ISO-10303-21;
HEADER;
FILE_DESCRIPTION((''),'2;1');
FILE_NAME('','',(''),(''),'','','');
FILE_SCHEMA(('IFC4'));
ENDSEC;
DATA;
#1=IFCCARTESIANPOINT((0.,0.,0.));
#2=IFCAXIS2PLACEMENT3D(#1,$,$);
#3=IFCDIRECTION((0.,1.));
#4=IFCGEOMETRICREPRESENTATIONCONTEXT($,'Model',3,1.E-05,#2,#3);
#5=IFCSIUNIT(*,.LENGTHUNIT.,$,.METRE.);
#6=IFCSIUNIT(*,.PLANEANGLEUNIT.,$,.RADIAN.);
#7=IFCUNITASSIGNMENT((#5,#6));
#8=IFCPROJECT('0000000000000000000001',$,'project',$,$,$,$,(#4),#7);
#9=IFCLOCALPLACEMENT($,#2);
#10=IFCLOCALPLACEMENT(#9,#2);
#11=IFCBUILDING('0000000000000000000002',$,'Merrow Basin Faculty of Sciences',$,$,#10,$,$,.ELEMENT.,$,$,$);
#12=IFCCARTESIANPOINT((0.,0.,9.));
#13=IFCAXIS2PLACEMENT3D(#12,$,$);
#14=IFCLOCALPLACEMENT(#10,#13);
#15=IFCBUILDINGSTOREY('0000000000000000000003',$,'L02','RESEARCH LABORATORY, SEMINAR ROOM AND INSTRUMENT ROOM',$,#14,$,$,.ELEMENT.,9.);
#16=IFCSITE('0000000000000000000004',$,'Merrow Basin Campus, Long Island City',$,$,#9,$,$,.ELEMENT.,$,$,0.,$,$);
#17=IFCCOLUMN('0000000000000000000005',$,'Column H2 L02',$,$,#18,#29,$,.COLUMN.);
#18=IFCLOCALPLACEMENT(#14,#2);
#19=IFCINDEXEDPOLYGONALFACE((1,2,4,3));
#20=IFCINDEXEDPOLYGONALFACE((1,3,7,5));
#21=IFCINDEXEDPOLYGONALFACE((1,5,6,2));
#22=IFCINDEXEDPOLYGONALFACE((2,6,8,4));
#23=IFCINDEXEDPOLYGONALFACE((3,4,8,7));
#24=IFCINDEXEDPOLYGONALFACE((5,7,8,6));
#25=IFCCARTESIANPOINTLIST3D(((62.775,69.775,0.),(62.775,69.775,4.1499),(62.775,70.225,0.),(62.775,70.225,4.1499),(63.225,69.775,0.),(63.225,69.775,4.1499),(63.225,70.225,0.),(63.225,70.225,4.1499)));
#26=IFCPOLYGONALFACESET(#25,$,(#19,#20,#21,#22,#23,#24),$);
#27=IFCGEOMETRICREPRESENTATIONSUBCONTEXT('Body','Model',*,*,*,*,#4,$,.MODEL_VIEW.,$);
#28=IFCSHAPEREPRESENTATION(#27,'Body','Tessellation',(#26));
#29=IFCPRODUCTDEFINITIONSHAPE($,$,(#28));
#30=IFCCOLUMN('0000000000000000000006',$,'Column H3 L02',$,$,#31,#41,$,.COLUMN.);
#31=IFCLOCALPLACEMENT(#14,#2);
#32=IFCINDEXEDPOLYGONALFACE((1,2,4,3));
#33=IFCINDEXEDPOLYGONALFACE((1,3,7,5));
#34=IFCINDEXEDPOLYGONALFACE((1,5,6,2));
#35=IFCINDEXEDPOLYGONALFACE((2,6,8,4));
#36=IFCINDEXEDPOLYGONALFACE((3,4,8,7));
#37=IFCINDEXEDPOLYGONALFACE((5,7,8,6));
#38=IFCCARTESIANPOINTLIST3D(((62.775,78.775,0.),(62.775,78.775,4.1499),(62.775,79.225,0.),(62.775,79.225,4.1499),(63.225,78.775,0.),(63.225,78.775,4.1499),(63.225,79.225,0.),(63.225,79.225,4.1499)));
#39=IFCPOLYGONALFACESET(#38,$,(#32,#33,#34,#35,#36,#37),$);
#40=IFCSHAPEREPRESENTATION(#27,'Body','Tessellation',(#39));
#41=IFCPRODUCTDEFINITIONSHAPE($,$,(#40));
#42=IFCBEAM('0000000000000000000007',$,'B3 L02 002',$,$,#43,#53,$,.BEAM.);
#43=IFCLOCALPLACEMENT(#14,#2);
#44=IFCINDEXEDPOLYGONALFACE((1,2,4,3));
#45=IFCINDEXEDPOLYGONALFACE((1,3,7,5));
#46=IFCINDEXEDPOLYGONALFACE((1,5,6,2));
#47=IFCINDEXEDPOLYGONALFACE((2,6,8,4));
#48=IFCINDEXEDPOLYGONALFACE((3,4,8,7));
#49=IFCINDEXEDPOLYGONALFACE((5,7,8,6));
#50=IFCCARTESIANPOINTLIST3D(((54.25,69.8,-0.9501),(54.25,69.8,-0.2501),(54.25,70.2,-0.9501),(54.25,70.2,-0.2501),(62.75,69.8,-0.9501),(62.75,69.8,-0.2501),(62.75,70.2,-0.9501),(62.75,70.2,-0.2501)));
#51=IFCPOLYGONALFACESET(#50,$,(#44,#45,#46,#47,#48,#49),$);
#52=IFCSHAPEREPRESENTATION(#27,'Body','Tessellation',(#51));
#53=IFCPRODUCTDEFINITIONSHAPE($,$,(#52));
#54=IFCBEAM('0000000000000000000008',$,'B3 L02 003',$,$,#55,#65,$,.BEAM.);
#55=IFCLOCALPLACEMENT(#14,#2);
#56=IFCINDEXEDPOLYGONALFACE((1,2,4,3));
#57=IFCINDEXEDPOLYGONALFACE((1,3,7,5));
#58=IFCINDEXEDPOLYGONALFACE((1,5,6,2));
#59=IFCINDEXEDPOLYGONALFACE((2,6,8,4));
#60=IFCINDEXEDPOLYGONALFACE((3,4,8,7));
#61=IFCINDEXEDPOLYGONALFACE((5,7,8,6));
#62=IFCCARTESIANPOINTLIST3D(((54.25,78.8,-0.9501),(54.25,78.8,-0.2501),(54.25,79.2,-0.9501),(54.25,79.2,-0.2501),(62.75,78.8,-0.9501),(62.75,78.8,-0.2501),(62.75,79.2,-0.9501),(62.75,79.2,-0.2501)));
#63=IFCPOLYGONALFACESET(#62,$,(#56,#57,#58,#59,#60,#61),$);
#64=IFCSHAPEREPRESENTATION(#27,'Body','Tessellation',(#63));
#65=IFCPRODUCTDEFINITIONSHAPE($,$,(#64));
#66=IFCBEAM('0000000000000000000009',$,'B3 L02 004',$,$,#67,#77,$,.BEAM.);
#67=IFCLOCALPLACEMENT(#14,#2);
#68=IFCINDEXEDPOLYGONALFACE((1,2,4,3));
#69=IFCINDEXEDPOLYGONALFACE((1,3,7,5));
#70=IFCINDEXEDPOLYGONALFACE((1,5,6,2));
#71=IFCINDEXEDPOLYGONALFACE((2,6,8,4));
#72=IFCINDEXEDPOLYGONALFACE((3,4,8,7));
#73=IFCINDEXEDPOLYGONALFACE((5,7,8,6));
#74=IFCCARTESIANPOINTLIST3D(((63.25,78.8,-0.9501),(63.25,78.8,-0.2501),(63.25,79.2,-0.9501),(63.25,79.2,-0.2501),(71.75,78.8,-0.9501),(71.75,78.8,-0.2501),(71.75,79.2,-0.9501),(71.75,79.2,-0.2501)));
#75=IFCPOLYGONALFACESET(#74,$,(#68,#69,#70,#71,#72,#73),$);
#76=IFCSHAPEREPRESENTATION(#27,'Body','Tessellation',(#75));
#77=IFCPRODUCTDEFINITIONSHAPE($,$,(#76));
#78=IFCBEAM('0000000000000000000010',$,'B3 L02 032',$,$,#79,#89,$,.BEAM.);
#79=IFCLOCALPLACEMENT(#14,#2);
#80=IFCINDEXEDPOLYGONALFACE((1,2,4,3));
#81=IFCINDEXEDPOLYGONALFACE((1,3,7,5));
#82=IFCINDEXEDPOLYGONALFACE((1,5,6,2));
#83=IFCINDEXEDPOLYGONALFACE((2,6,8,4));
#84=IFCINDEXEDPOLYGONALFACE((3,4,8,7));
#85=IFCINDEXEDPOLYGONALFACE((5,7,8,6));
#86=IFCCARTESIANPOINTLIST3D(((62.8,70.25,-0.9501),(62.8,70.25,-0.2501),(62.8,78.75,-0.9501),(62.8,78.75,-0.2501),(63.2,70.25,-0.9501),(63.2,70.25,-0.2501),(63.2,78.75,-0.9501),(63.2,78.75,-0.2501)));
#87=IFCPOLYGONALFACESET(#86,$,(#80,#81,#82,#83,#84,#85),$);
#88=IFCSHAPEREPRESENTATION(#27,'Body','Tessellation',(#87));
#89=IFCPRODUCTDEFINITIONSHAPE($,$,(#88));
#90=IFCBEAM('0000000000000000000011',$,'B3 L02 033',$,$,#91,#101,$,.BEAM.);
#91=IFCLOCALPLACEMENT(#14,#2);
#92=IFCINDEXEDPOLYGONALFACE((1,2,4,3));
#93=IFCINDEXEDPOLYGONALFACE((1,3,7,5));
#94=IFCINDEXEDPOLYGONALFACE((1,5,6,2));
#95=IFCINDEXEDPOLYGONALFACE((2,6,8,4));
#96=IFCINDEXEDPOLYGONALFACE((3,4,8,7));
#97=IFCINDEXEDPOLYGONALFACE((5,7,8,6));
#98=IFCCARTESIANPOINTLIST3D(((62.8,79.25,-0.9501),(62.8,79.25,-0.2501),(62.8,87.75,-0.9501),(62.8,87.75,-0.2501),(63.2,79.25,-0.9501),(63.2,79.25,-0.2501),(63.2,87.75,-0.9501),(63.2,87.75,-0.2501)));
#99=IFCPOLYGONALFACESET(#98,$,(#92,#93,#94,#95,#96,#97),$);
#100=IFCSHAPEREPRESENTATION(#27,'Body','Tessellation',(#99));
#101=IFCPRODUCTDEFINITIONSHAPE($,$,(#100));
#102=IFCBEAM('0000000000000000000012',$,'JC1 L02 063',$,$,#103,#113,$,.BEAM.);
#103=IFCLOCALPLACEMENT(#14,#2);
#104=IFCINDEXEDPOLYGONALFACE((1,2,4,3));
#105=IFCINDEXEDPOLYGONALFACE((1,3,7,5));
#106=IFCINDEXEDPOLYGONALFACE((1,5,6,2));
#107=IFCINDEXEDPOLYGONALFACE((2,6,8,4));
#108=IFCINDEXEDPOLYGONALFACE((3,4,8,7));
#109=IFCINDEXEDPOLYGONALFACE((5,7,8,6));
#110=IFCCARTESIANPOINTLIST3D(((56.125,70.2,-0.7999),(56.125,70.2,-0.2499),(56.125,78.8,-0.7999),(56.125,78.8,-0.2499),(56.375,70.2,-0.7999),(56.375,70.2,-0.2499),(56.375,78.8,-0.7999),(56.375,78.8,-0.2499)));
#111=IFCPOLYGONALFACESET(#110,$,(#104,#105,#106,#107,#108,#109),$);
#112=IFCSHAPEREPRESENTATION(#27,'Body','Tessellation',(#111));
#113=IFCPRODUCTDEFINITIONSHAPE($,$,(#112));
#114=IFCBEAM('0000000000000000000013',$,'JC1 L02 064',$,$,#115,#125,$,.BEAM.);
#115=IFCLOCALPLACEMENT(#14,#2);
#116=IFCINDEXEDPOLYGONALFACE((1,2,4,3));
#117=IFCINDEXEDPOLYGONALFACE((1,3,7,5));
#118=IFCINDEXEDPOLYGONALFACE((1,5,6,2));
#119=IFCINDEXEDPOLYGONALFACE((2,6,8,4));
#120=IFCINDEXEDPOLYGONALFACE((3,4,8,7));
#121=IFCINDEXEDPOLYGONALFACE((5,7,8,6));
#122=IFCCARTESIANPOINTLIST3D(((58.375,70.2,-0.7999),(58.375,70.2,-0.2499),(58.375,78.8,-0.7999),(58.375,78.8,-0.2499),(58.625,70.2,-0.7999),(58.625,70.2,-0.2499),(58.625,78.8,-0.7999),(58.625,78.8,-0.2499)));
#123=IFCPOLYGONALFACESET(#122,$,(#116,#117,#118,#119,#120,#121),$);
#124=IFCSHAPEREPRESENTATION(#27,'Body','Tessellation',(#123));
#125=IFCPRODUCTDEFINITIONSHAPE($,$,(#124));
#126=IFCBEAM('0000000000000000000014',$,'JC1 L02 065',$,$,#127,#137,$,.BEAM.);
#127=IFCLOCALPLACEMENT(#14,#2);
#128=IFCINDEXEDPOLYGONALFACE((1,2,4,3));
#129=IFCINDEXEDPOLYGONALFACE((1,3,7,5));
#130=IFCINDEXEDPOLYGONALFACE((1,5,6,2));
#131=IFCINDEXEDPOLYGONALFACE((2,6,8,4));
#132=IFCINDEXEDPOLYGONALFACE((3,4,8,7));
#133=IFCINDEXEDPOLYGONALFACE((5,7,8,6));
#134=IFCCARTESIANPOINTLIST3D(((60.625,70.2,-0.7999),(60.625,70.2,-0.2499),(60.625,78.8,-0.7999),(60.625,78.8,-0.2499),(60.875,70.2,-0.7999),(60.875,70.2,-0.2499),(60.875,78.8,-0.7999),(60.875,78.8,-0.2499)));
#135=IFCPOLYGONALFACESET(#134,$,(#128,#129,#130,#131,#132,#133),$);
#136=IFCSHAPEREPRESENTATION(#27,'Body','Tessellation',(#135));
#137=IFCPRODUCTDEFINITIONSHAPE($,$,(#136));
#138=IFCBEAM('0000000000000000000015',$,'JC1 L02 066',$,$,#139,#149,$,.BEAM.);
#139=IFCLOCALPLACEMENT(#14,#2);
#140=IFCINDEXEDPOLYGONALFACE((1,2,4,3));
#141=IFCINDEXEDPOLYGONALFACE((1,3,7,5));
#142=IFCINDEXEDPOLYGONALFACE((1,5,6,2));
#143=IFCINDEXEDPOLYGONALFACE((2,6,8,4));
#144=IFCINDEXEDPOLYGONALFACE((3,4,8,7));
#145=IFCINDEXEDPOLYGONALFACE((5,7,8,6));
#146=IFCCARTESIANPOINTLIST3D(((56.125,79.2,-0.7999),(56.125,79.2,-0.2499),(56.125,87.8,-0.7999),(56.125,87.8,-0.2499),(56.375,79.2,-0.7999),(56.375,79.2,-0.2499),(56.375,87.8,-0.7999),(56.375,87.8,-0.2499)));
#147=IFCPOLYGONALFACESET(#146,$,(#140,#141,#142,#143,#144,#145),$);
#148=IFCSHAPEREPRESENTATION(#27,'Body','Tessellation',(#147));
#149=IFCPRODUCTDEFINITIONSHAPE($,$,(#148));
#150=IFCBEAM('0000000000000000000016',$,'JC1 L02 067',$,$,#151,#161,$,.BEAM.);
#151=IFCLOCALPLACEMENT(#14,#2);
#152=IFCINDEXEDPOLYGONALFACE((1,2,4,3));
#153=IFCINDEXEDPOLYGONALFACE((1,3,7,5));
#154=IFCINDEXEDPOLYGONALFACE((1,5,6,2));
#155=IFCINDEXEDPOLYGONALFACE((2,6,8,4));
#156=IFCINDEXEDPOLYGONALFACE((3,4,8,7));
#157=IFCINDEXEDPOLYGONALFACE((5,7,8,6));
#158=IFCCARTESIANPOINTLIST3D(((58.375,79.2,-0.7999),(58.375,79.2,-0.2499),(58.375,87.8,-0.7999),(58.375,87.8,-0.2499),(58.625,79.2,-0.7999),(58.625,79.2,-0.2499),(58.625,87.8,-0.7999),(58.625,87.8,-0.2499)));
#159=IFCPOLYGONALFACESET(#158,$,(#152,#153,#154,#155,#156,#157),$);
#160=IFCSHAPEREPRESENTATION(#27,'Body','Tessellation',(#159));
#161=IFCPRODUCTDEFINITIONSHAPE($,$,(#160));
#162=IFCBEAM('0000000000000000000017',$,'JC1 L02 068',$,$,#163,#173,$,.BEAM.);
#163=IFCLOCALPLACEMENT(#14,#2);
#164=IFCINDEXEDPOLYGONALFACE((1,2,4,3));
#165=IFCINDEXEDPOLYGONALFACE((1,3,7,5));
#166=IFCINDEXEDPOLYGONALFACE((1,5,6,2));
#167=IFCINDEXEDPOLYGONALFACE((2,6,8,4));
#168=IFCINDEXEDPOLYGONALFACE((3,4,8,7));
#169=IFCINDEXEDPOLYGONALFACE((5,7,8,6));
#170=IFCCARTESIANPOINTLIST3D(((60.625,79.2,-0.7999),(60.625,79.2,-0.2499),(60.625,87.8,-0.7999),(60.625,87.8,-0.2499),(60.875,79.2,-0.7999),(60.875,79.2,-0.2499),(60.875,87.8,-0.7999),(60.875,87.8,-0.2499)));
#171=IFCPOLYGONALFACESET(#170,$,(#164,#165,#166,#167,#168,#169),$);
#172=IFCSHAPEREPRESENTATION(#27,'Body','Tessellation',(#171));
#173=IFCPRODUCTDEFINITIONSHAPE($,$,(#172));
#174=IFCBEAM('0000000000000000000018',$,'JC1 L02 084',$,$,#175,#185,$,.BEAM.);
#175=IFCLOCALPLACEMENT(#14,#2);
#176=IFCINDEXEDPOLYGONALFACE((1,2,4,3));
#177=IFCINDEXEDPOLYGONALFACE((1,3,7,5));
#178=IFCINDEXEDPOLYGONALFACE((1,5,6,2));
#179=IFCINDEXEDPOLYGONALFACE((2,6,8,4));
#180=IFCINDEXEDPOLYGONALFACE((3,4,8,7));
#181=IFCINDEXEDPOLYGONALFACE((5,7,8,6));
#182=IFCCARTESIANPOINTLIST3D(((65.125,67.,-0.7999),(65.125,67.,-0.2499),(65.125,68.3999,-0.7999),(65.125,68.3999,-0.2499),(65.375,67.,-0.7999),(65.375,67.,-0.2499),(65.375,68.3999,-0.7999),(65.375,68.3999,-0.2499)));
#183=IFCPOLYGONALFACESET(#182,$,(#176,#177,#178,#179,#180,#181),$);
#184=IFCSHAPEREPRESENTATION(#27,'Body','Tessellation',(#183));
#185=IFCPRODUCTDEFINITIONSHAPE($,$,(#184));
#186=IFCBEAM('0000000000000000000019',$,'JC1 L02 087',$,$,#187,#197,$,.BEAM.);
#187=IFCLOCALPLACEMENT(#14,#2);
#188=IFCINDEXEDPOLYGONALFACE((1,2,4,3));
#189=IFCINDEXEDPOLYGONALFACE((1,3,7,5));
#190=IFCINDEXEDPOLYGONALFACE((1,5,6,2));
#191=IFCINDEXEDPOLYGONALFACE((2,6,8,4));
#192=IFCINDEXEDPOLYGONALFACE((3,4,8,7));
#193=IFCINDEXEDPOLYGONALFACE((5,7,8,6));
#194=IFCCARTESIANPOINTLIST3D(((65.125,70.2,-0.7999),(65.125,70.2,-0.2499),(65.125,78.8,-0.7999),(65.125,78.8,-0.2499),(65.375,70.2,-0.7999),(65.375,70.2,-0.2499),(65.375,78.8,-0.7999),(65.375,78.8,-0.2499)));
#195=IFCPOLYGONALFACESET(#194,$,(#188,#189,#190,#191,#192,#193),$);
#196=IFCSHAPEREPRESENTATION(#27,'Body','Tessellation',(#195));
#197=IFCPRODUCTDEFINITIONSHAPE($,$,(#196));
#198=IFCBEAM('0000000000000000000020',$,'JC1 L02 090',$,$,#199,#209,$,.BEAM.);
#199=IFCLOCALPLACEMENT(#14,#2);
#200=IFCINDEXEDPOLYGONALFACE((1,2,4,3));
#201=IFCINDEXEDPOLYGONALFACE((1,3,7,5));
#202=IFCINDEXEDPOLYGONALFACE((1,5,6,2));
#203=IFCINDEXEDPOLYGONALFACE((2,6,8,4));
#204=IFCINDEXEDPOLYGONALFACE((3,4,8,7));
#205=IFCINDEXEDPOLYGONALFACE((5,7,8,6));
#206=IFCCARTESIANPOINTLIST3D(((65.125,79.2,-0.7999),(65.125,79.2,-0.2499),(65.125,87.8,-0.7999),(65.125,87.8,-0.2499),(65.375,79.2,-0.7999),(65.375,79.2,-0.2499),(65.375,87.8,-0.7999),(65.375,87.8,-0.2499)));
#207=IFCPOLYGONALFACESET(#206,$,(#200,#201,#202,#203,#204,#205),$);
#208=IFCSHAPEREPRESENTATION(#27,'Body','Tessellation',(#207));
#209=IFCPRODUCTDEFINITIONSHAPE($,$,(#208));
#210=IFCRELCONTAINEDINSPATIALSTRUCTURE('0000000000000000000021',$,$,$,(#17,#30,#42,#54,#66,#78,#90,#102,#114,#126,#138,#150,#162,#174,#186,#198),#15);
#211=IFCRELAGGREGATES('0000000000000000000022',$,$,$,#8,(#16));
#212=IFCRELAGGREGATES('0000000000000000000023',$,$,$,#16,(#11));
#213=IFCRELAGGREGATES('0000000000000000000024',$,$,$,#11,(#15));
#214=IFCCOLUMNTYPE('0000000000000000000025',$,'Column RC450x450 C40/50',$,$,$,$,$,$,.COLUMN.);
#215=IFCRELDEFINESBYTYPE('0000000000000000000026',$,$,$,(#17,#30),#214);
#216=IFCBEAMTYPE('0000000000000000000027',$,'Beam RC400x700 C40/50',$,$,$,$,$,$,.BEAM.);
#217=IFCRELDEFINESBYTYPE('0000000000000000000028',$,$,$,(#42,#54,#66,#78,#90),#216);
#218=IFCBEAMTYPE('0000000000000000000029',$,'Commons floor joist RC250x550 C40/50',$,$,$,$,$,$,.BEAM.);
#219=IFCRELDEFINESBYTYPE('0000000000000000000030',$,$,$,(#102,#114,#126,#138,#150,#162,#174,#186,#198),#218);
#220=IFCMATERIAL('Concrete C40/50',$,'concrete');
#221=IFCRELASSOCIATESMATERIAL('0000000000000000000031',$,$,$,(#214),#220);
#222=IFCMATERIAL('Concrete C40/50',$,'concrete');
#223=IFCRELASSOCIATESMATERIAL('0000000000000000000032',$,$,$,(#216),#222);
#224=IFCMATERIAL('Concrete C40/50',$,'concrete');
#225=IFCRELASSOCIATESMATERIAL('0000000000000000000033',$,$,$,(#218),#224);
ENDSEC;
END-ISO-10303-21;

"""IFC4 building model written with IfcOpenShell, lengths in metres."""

from ifc_helpers import new_model, si_unit, direction, frame, origin, origin_2d, place, context, subcontext, project, spatial, rectangle, extrude, material, material_profile, profile_set, type_object, element, save


model = new_model("IFC4")

# Units and contexts
model_context = context("Model", 3, precision=1e-05, world=origin(), true_north=direction((0.0, 1.0)))
body_context = subcontext(model_context, "Body", "Model", "MODEL_VIEW")
ifc_project = project(units=[si_unit("LENGTHUNIT", "METRE"), si_unit("PLANEANGLEUNIT", "RADIAN")], contexts=[model_context])

# Site, building, storey
site_placement = place(None, origin())
site = spatial("IfcSite", under=ifc_project, at=site_placement, Name="Merrow Basin Campus, Long Island City", CompositionType="ELEMENT", RefElevation=0.0)
building_placement = place(site_placement, origin())
building = spatial("IfcBuilding", under=site, at=building_placement, Name="Merrow Basin Faculty of Sciences", CompositionType="ELEMENT")
storey_placement = place(building_placement, frame((0.0, 0.0, 9.0)))
storey = spatial("IfcBuildingStorey", under=building, at=storey_placement, Name="L02", Description="RESEARCH LABORATORY, SEMINAR ROOM AND INSTRUMENT ROOM", CompositionType="ELEMENT", Elevation=9.0)

# Columns
ifc_material_1 = material(Name="Concrete C40/50", Category="concrete")
ifc_material_profile_1 = material_profile(ifc_material_1, rectangle(XDim=0.45, YDim=0.45, at=origin_2d()))
ifc_profile_set_1 = profile_set([ifc_material_profile_1], Name="Concrete C40/50")
column_type = type_object("IfcColumnType", Name="Column RC450x450 C40/50", PredefinedType="COLUMN", material=ifc_profile_set_1)
for number, where, z_axis, x_axis, name in (
    (1, (63.0, 70.0, 0.0), (0.0, 0.0, 1.0), (1.0, 0.0, 0.0), "Column H2 L02"),
    (2, (63.0, 79.0, 0.0), (0.0, 0.0, 1.0), (1.0, 0.0, 0.0), "Column H3 L02"),
):
    element("IfcColumn", number, at=place(storey_placement, frame(where, z_axis=z_axis, x_axis=x_axis)), inside=storey, type_object=column_type, Name=name, PredefinedType="COLUMN", context=body_context, shape_type="SweptSolid", body=[
        extrude(rectangle(XDim=0.45, YDim=0.45, at=origin_2d()), origin(), (0.0, 0.0, 1.0), 4.1499),
    ])

# Beams
ifc_material_2 = material(Name="Concrete C40/50", Category="concrete")
ifc_material_profile_2 = material_profile(ifc_material_2, rectangle(XDim=0.3999, YDim=0.7, at=origin_2d()))
ifc_profile_set_2 = profile_set([ifc_material_profile_2], Name="Concrete C40/50")
beam_type_1 = type_object("IfcBeamType", Name="Beam RC400x700 C40/50", PredefinedType="BEAM", material=ifc_profile_set_2)
for number, where, z_axis, x_axis, name in (
    (3, (54.25, 70.0, -0.6001), (1.0, 0.0, 0.0), (0.0, 1.0, 0.0), "B3 L02 002"),
    (4, (54.25, 79.0, -0.6001), (1.0, 0.0, 0.0), (0.0, 1.0, 0.0), "B3 L02 003"),
    (5, (63.25, 79.0, -0.6001), (1.0, 0.0, 0.0), (0.0, 1.0, 0.0), "B3 L02 004"),
    (6, (63.0, 70.25, -0.6001), (0.0, 1.0, 0.0), (-1.0, 0.0, 0.0), "B3 L02 032"),
    (7, (63.0, 79.25, -0.6001), (0.0, 1.0, 0.0), (-1.0, 0.0, 0.0), "B3 L02 033"),
):
    element("IfcBeam", number, at=place(storey_placement, frame(where, z_axis=z_axis, x_axis=x_axis)), inside=storey, type_object=beam_type_1, Name=name, PredefinedType="BEAM", context=body_context, shape_type="SweptSolid", body=[
        extrude(rectangle(XDim=0.3999, YDim=0.7, at=origin_2d()), origin(), (0.0, 0.0, 1.0), 8.5),
    ])
ifc_material_3 = material(Name="Concrete C40/50", Category="concrete")
ifc_material_profile_3 = material_profile(ifc_material_3, rectangle(XDim=0.25, YDim=0.55, at=origin_2d()))
ifc_profile_set_3 = profile_set([ifc_material_profile_3], Name="Concrete C40/50")
beam_type_2 = type_object("IfcBeamType", Name="Commons floor joist RC250x550 C40/50", PredefinedType="BEAM", material=ifc_profile_set_3)
for number, where, z_axis, x_axis, name in (
    (8, (56.25, 70.2, -0.5249), (0.0, 1.0, 0.0), (-1.0, 0.0, 0.0), "JC1 L02 063"),
    (9, (58.5, 70.2, -0.5249), (0.0, 1.0, 0.0), (-1.0, 0.0, 0.0), "JC1 L02 064"),
    (10, (60.75, 70.2, -0.5249), (0.0, 1.0, 0.0), (-1.0, 0.0, 0.0), "JC1 L02 065"),
    (11, (56.25, 79.2, -0.5249), (0.0, 1.0, 0.0), (-1.0, 0.0, 0.0), "JC1 L02 066"),
    (12, (58.5, 79.2, -0.5249), (0.0, 1.0, 0.0), (-1.0, 0.0, 0.0), "JC1 L02 067"),
    (13, (60.75, 79.2, -0.5249), (0.0, 1.0, 0.0), (-1.0, 0.0, 0.0), "JC1 L02 068"),
):
    element("IfcBeam", number, at=place(storey_placement, frame(where, z_axis=z_axis, x_axis=x_axis)), inside=storey, type_object=beam_type_2, Name=name, PredefinedType="BEAM", context=body_context, shape_type="SweptSolid", body=[
        extrude(rectangle(XDim=0.25, YDim=0.55, at=origin_2d()), origin(), (0.0, 0.0, 1.0), 8.6001),
    ])
beam_placement = place(storey_placement, frame((65.25, 67.0, -0.5249), z_axis=(0.0, 1.0, 0.0), x_axis=(-1.0, 0.0, 0.0)))
element("IfcBeam", 14, at=beam_placement, inside=storey, type_object=beam_type_2, Name="JC1 L02 084", PredefinedType="BEAM", context=body_context, shape_type="SweptSolid", body=[
    extrude(rectangle(XDim=0.25, YDim=0.55, at=origin_2d()), origin(), (0.0, 0.0, 1.0), 1.3999),
])
for number, where, z_axis, x_axis, name in (
    (15, (65.25, 70.2, -0.5249), (0.0, 1.0, 0.0), (-1.0, 0.0, 0.0), "JC1 L02 087"),
    (16, (65.25, 79.2, -0.5249), (0.0, 1.0, 0.0), (-1.0, 0.0, 0.0), "JC1 L02 090"),
):
    element("IfcBeam", number, at=place(storey_placement, frame(where, z_axis=z_axis, x_axis=x_axis)), inside=storey, type_object=beam_type_2, Name=name, PredefinedType="BEAM", context=body_context, shape_type="SweptSolid", body=[
        extrude(rectangle(XDim=0.25, YDim=0.55, at=origin_2d()), origin(), (0.0, 0.0, 1.0), 8.6001),
    ])

save(model, "model.ifc")
